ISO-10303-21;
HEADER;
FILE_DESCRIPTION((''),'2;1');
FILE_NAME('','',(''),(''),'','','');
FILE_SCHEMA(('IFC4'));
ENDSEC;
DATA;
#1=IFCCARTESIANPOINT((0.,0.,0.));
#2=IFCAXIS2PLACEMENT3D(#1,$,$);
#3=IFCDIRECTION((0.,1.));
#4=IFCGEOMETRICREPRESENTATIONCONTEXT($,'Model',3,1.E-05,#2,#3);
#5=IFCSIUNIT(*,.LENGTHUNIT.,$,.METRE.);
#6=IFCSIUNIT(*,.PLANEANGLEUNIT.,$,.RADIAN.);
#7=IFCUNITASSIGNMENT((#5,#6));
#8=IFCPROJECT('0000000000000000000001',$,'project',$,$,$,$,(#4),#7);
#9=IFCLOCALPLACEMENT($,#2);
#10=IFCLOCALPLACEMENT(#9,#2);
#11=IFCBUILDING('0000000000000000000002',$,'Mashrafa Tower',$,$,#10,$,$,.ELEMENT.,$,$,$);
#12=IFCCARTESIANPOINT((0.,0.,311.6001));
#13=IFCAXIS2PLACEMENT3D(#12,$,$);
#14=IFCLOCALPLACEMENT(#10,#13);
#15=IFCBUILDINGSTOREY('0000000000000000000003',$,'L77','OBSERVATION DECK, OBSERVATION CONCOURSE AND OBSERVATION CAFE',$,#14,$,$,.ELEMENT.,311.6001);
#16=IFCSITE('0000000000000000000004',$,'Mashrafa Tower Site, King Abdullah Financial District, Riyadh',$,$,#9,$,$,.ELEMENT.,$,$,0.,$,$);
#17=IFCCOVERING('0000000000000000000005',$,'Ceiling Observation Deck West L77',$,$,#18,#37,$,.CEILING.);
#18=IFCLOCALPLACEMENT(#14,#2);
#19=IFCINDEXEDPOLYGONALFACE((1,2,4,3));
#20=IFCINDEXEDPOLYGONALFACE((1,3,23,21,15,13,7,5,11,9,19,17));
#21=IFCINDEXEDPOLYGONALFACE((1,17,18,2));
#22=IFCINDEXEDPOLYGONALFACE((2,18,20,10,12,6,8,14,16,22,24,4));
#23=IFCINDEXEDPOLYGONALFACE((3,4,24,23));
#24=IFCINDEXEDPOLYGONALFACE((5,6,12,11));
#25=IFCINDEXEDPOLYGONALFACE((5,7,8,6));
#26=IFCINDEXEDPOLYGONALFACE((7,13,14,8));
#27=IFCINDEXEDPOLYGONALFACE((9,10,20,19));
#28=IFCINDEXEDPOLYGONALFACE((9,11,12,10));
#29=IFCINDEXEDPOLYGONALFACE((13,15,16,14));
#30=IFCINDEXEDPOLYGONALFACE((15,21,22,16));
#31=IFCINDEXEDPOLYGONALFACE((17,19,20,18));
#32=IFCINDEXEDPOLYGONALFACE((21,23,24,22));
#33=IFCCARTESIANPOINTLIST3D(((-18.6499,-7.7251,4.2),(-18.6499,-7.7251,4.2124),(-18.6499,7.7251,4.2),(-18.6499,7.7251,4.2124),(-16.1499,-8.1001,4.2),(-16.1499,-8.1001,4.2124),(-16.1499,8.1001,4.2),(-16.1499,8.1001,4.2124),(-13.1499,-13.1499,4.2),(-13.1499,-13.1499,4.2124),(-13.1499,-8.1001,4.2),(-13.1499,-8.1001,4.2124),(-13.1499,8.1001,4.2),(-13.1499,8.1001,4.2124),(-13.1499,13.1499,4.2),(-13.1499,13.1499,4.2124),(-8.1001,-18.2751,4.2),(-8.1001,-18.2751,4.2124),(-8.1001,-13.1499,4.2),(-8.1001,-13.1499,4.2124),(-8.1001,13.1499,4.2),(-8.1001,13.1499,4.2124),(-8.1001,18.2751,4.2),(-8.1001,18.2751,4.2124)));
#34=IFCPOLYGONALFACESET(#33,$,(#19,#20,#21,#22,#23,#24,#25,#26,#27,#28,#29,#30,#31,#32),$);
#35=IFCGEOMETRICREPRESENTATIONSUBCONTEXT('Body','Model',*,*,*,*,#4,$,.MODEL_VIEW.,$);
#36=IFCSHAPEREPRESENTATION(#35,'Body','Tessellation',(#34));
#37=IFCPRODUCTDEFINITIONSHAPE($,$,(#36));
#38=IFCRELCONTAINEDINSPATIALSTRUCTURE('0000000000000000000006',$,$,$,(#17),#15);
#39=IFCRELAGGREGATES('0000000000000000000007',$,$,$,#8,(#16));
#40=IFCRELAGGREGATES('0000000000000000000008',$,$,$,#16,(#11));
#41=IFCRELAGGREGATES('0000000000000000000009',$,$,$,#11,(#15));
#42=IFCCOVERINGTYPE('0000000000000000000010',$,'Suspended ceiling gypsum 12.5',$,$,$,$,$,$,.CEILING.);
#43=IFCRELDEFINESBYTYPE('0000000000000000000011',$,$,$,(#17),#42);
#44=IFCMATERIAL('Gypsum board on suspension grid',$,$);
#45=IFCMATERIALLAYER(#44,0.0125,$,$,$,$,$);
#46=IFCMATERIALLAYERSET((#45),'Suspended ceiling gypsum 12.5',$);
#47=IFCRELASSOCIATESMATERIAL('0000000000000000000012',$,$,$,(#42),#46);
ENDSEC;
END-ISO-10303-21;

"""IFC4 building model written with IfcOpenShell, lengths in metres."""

from ifc_helpers import new_model, si_unit, direction, frame, origin, place, context, subcontext, project, spatial, polyline, outline, extrude, material, layer, layer_set, type_object, element, save


model = new_model("IFC4")

# Units and contexts
model_context = context("Model", 3, precision=1e-05, world=origin(), true_north=direction((0.0, 1.0)))
body_context = subcontext(model_context, "Body", "Model", "MODEL_VIEW")
ifc_project = project(units=[si_unit("LENGTHUNIT", "METRE"), si_unit("PLANEANGLEUNIT", "RADIAN")], contexts=[model_context])

# Site, building, storey
site_placement = place(None, origin())
site = spatial("IfcSite", under=ifc_project, at=site_placement, Name="Mashrafa Tower Site, King Abdullah Financial District, Riyadh", CompositionType="ELEMENT", RefElevation=0.0)
building_placement = place(site_placement, origin())
building = spatial("IfcBuilding", under=site, at=building_placement, Name="Mashrafa Tower", CompositionType="ELEMENT")
storey_placement = place(building_placement, frame((0.0, 0.0, 311.6001)))
storey = spatial("IfcBuildingStorey", under=building, at=storey_placement, Name="L77", Description="OBSERVATION DECK, OBSERVATION CONCOURSE AND OBSERVATION CAFE", CompositionType="ELEMENT", Elevation=311.6001)

# Covering
ifc_material_1 = material(Name="Gypsum board on suspension grid")
ifc_layer_1 = layer(ifc_material_1, 0.0125)
ifc_layer_set_1 = layer_set([ifc_layer_1], Name="Suspended ceiling gypsum 12.5")
covering_type = type_object("IfcCoveringType", Name="Suspended ceiling gypsum 12.5", PredefinedType="CEILING", material=ifc_layer_set_1)
covering_1_placement = place(storey_placement, frame((0.0, 0.0, 4.2)))
element("IfcCovering", 1, at=covering_1_placement, inside=storey, type_object=covering_type, Name="Ceiling Observation Deck West L77", PredefinedType="CEILING", context=body_context, shape_type="SweptSolid", body=[
    extrude(outline(polyline([(-8.1001, -18.2751), (-18.6499, -7.7251), (-18.6499, 7.7251), (-8.1001, 18.2751), (-8.1001, 13.1499), (-13.1499, 13.1499), (-13.1499, 8.1001), (-16.1499, 8.1001), (-16.1499, -8.1001), (-13.1499, -8.1001), (-13.1499, -13.1499), (-8.1001, -13.1499), (-8.1001, -18.2751)])), origin(), (0.0, 0.0, 1.0), 0.0125),
])

save(model, "model.ifc")
